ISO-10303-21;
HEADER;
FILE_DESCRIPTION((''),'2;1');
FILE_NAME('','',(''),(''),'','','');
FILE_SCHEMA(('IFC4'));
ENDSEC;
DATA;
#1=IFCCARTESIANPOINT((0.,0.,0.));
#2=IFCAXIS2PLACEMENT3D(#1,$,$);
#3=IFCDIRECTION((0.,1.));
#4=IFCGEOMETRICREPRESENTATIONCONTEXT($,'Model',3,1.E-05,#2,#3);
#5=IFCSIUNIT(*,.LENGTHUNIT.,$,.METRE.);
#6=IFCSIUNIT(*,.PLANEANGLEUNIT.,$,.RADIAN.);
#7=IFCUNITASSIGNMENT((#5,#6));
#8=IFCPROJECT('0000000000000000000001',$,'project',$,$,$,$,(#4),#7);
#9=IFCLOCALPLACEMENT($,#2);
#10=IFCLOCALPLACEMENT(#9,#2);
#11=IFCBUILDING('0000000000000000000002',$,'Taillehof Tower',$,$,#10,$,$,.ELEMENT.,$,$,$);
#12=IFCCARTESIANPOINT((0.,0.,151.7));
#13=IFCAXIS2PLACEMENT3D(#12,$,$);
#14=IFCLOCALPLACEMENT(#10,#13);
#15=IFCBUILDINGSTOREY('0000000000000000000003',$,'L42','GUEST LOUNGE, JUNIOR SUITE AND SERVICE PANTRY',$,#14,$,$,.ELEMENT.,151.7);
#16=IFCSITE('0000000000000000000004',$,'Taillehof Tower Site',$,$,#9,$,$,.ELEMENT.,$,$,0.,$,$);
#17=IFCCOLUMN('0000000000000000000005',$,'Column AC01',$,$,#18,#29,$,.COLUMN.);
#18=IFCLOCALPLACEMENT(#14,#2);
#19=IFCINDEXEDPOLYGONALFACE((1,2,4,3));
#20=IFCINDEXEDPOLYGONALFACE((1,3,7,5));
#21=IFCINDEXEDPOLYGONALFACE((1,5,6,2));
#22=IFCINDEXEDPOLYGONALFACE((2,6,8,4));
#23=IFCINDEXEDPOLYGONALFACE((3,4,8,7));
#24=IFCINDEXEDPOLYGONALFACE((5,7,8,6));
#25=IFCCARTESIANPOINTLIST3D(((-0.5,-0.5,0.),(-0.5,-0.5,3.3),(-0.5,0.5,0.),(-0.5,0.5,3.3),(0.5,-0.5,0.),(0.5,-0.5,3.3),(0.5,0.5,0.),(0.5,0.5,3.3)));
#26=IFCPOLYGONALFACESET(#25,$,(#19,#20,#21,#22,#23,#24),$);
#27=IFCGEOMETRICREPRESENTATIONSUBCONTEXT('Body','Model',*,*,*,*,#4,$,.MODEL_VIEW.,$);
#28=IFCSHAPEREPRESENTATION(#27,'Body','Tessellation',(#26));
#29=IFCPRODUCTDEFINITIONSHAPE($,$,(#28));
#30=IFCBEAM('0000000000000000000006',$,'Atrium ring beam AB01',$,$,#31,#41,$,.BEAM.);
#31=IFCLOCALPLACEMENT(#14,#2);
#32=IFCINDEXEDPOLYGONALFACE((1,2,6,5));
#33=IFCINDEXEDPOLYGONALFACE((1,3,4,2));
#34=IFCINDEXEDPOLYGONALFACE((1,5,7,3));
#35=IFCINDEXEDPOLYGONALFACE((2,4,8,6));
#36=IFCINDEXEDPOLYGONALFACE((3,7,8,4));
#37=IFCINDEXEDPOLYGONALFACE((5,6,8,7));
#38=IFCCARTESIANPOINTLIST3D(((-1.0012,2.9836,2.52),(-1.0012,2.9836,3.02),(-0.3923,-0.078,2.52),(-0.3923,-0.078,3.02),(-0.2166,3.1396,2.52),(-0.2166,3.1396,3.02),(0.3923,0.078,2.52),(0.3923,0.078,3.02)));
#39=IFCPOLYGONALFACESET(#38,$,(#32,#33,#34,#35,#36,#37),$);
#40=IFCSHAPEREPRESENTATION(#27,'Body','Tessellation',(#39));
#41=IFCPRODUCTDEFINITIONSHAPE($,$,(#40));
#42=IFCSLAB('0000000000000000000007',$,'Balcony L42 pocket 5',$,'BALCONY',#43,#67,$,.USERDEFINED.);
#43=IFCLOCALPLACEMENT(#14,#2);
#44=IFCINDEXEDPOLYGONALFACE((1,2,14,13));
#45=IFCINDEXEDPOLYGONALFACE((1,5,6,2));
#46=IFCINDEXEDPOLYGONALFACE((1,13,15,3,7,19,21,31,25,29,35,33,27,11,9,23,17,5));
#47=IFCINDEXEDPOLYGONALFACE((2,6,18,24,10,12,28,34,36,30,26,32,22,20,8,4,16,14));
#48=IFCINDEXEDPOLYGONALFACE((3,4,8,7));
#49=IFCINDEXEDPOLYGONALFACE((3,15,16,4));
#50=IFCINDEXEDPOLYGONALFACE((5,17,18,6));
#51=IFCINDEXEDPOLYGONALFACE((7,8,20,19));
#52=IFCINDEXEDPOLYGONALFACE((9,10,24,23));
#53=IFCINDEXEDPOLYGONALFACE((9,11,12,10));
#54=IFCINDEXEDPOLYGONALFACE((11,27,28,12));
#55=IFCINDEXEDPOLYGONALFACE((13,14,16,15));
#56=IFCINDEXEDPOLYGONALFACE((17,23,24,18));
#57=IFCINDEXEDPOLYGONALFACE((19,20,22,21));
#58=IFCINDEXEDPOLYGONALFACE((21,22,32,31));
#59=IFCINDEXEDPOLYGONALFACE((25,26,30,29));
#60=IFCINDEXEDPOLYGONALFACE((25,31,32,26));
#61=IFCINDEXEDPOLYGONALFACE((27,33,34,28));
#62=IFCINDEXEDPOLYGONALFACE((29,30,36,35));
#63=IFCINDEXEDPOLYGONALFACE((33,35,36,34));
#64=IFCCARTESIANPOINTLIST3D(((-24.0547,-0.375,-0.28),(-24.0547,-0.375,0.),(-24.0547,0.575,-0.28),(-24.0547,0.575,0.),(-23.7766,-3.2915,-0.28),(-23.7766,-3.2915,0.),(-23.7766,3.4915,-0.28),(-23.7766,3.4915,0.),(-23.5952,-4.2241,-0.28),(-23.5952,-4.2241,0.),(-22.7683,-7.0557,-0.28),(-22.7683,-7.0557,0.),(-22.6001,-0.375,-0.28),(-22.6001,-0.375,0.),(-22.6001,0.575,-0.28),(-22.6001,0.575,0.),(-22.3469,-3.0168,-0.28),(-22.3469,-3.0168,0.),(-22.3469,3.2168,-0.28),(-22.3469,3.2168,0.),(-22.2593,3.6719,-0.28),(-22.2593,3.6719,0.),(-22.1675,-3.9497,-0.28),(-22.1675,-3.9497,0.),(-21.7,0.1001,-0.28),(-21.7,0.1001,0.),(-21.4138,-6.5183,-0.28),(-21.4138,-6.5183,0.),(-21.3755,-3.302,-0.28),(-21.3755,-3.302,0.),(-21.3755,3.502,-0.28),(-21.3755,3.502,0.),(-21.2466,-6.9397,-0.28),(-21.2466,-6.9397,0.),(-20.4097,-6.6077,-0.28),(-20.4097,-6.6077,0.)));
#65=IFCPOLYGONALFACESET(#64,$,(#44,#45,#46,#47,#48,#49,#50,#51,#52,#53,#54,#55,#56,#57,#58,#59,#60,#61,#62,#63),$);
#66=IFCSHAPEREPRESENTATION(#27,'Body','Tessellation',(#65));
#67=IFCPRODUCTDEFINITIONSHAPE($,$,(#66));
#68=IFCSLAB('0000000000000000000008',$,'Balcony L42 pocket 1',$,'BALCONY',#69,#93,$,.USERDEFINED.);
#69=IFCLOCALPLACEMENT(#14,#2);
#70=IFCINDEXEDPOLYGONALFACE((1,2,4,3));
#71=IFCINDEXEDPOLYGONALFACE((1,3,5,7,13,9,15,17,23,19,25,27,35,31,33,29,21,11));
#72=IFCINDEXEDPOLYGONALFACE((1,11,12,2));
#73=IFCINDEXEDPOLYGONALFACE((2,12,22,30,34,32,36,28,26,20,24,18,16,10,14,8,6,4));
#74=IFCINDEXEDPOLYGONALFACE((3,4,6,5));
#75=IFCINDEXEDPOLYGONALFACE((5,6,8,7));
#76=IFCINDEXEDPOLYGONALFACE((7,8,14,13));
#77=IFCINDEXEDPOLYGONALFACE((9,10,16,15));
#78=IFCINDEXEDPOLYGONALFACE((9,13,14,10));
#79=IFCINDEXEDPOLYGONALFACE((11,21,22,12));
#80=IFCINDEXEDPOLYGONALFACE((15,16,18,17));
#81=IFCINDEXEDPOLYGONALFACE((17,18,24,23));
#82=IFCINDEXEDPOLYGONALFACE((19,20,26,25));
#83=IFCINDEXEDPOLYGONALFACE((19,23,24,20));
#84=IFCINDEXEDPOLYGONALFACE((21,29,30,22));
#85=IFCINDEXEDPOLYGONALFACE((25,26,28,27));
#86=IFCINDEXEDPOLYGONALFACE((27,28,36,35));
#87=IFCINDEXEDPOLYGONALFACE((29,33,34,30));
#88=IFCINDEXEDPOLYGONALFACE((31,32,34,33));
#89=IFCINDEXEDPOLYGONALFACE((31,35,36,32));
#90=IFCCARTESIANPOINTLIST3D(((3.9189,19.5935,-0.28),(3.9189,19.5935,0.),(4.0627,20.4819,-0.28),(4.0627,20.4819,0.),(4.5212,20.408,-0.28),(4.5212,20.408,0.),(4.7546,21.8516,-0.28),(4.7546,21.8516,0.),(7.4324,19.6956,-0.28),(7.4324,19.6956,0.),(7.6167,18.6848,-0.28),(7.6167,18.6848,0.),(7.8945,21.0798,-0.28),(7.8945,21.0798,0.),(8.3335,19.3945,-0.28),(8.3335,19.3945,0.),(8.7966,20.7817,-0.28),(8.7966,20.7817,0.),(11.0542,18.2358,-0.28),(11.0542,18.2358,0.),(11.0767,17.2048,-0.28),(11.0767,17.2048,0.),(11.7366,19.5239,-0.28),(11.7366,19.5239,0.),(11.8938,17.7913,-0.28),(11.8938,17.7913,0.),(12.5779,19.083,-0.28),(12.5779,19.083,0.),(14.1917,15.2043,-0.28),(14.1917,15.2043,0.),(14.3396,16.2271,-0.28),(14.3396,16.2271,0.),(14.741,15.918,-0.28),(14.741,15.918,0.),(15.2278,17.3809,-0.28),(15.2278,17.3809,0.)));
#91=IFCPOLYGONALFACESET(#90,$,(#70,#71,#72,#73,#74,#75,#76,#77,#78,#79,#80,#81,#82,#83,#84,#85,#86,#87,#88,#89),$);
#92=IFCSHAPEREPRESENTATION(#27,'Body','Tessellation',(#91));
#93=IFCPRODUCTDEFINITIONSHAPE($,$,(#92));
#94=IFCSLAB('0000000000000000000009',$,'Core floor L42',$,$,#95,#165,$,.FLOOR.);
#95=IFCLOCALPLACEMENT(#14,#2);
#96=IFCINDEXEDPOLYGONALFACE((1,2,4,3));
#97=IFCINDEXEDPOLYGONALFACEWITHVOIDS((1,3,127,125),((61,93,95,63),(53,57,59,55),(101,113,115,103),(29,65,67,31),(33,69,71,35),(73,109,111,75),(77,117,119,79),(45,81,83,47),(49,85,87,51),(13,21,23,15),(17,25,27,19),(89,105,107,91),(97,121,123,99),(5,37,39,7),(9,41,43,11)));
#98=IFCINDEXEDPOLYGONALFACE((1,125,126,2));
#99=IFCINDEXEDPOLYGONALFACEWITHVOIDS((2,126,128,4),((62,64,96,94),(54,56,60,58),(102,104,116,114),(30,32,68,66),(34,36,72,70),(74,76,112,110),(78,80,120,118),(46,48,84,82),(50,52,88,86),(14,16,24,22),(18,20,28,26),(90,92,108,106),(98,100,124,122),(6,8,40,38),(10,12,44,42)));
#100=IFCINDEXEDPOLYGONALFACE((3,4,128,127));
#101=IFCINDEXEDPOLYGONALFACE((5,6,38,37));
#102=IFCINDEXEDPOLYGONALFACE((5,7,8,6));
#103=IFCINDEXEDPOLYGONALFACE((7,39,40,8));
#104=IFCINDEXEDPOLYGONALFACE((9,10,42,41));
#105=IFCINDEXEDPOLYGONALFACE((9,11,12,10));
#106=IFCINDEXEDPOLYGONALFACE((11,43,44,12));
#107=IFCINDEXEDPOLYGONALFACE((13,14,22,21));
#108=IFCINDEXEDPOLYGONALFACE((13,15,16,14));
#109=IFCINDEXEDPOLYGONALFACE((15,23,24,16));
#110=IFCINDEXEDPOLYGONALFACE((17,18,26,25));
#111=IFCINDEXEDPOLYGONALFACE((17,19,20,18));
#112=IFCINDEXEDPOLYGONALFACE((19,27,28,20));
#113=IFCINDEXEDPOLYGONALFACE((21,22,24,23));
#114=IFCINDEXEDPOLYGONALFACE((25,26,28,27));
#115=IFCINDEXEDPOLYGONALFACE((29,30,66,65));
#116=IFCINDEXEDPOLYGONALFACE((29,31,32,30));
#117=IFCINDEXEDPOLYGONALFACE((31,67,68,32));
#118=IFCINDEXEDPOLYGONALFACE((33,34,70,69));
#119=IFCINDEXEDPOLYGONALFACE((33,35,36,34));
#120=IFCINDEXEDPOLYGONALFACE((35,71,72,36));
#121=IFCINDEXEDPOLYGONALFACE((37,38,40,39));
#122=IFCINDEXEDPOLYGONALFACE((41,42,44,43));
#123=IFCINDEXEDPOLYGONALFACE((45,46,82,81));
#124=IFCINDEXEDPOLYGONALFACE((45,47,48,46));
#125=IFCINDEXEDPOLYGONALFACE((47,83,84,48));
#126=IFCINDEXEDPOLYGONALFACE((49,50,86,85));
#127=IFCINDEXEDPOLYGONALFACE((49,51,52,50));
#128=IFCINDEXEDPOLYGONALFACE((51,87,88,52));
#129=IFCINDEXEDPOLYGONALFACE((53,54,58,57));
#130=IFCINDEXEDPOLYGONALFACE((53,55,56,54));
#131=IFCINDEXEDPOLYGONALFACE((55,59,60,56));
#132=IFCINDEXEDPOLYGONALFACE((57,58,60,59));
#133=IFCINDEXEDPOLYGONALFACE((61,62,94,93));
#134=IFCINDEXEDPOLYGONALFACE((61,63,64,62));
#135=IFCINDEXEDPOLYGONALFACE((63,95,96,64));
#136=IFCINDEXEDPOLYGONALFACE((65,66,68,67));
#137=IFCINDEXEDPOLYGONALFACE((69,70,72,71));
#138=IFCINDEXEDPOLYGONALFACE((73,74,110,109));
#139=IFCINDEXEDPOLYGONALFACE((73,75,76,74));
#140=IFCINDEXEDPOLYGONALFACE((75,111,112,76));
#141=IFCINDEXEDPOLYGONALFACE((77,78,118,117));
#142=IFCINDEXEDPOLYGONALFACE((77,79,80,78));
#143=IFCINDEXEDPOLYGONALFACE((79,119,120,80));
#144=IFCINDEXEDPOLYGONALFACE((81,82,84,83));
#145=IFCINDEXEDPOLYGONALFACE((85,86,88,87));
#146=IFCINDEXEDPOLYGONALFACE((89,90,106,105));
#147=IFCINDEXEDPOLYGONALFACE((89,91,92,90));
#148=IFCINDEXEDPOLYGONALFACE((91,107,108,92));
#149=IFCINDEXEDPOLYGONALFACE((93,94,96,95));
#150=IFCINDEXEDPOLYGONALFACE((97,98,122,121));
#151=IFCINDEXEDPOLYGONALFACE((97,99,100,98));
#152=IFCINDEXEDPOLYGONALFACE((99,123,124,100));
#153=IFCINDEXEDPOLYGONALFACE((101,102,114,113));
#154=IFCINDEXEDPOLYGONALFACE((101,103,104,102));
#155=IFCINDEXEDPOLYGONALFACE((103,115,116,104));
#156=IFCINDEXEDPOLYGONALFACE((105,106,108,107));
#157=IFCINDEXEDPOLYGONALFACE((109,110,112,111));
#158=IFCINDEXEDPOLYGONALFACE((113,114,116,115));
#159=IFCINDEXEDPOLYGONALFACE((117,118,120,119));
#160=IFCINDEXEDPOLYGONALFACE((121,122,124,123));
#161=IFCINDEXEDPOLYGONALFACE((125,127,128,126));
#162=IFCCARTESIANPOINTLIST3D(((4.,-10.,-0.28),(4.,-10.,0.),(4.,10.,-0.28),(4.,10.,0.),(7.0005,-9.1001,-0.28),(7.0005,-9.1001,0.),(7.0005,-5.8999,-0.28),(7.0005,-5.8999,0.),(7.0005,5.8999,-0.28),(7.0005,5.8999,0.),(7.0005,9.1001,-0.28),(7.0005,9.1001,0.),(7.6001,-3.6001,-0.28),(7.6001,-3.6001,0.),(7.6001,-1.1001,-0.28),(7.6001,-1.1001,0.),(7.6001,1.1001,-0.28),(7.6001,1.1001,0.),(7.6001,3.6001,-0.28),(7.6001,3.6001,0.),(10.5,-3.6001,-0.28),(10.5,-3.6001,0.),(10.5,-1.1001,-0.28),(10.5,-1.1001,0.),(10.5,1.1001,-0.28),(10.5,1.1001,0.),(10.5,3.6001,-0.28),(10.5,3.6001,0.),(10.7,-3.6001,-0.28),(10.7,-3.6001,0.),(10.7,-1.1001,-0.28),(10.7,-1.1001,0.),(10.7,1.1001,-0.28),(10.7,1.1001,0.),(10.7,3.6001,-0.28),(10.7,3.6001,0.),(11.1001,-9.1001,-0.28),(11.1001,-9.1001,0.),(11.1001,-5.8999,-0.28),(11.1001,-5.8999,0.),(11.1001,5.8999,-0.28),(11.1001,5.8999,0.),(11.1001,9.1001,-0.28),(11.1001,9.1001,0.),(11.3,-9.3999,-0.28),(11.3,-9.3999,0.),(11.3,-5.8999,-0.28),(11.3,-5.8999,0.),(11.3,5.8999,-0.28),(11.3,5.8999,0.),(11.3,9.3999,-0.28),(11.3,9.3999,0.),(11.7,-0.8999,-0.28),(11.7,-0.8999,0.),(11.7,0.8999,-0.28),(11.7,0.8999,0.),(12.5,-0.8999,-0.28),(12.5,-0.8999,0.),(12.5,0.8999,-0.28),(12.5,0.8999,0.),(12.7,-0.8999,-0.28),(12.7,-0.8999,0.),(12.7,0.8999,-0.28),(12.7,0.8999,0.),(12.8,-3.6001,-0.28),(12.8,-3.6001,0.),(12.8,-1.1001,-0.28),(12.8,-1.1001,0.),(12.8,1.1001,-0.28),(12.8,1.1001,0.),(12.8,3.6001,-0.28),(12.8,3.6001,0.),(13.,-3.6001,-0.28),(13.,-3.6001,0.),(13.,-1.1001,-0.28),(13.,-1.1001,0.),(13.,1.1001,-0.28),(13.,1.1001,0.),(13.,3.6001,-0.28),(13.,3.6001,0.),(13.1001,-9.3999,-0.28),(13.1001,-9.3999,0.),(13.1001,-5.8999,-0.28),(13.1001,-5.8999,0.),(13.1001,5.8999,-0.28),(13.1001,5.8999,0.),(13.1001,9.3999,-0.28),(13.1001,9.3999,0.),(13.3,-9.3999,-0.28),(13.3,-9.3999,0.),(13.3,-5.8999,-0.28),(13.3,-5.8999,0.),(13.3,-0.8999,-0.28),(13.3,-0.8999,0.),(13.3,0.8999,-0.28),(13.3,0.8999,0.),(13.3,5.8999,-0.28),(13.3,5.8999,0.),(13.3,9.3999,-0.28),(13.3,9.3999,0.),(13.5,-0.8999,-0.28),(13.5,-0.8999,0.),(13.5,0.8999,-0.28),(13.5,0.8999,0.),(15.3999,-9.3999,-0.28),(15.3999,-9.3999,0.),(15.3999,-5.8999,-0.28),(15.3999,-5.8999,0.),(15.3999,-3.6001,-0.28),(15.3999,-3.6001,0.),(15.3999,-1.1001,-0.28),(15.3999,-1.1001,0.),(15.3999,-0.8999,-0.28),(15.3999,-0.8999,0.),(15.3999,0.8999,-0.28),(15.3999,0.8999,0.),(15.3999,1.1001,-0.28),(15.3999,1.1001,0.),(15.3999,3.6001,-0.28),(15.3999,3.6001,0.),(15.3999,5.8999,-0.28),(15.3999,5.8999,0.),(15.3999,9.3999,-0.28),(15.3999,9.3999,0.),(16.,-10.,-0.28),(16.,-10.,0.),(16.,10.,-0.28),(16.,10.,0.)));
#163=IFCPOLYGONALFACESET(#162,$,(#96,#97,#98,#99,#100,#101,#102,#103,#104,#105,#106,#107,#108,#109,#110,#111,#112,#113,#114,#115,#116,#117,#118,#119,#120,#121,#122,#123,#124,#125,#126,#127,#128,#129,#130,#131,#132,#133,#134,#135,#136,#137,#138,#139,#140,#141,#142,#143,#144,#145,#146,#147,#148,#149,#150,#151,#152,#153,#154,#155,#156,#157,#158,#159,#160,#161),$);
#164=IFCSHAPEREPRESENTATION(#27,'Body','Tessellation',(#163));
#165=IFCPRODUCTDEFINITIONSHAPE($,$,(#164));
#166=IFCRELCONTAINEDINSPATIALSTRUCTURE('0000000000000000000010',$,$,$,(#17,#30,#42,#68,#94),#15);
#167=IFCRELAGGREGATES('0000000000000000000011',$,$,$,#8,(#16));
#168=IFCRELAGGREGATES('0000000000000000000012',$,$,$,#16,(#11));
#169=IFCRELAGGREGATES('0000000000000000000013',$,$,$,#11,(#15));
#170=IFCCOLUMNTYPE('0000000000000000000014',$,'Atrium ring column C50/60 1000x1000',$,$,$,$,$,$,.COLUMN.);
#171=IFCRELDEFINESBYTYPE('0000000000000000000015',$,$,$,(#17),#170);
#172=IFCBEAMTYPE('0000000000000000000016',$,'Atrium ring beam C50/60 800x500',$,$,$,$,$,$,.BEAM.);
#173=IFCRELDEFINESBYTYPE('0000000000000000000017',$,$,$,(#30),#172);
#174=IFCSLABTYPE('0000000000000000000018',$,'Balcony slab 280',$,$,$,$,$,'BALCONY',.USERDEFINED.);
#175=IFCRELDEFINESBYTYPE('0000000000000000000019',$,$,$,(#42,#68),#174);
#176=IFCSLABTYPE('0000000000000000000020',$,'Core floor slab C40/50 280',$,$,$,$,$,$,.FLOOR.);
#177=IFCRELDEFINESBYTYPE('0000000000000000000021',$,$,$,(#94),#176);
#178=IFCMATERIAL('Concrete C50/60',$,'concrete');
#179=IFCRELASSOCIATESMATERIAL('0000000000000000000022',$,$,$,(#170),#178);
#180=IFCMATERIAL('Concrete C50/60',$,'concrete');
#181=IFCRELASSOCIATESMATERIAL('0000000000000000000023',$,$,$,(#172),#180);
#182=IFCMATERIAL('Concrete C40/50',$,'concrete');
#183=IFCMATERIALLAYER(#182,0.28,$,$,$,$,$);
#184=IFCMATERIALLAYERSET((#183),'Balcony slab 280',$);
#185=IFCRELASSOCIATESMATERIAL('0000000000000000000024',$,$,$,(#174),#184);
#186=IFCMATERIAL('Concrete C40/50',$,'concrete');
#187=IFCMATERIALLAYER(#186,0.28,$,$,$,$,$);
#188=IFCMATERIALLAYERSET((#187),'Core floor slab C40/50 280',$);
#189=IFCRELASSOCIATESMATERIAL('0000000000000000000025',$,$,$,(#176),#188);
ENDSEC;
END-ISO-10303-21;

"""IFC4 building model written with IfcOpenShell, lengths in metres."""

from ifc_helpers import new_model, si_unit, direction, frame, origin, origin_with_axes, origin_2d, place, context, subcontext, project, spatial, polyline, rectangle, outline, extrude, material, layer, layer_set, material_profile, profile_set, type_object, element, save


model = new_model("IFC4")

# Units and contexts
model_context = context("Model", 3, precision=1e-05, world=origin(), true_north=direction((0.0, 1.0)))
body_context = subcontext(model_context, "Body", "Model", "MODEL_VIEW")
ifc_project = project(units=[si_unit("LENGTHUNIT", "METRE"), si_unit("PLANEANGLEUNIT", "RADIAN")], contexts=[model_context])

# Site, building, storey
site_placement = place(None, origin())
site = spatial("IfcSite", under=ifc_project, at=site_placement, Name="Taillehof Tower Site", CompositionType="ELEMENT", RefElevation=0.0)
building_placement = place(site_placement, origin())
building = spatial("IfcBuilding", under=site, at=building_placement, Name="Taillehof Tower", CompositionType="ELEMENT")
storey_placement = place(building_placement, frame((0.0, 0.0, 151.7)))
storey = spatial("IfcBuildingStorey", under=building, at=storey_placement, Name="L42", Description="GUEST LOUNGE, JUNIOR SUITE AND SERVICE PANTRY", CompositionType="ELEMENT", Elevation=151.7)

# Column
ifc_material_1 = material(Name="Concrete C50/60", Category="concrete")
ifc_material_profile_1 = material_profile(ifc_material_1, rectangle(XDim=1.0, YDim=1.0, at=origin_2d()), Name="RC 1000x1000")
ifc_profile_set_1 = profile_set([ifc_material_profile_1], Name="Concrete C50/60")
column_type = type_object("IfcColumnType", Name="Atrium ring column C50/60 1000x1000", PredefinedType="COLUMN", material=ifc_profile_set_1)
column_placement = place(storey_placement, origin_with_axes())
element("IfcColumn", 1, at=column_placement, inside=storey, type_object=column_type, Name="Column AC01", PredefinedType="COLUMN", context=body_context, shape_type="SweptSolid", body=[
    extrude(rectangle(XDim=1.0, YDim=1.0, at=origin_2d()), origin(), (0.0, 0.0, 1.0), 3.3),
])

# Beam
ifc_material_2 = material(Name="Concrete C50/60", Category="concrete")
ifc_material_profile_2 = material_profile(ifc_material_2, rectangle(XDim=0.8, YDim=0.5, at=origin_2d()), Name="RC 800x500")
ifc_profile_set_2 = profile_set([ifc_material_profile_2], Name="Concrete C50/60")
beam_type = type_object("IfcBeamType", Name="Atrium ring beam C50/60 800x500", PredefinedType="BEAM", material=ifc_profile_set_2)
beam_placement = place(storey_placement, frame((0.0, 0.0, 2.77), z_axis=(-0.195063, 0.980791, 0.0), x_axis=(-0.980791, -0.195063, 0.0)))
element("IfcBeam", 2, at=beam_placement, inside=storey, type_object=beam_type, Name="Atrium ring beam AB01", PredefinedType="BEAM", context=body_context, shape_type="SweptSolid", body=[
    extrude(rectangle(XDim=0.8, YDim=0.5, at=origin_2d()), origin(), (0.0, 0.0, 1.0), 3.1216),
])

# Slabs
ifc_material_3 = material(Name="Concrete C40/50", Category="concrete")
ifc_layer_1 = layer(ifc_material_3, 0.28)
ifc_layer_set_1 = layer_set([ifc_layer_1], Name="Balcony slab 280")
slab_type_1 = type_object("IfcSlabType", Name="Balcony slab 280", ElementType="BALCONY", PredefinedType="USERDEFINED", material=ifc_layer_set_1)
slab_1_placement = place(storey_placement, frame((0.0, 0.0, -0.28)))
element("IfcSlab", 3, at=slab_1_placement, inside=storey, type_object=slab_type_1, Name="Balcony L42 pocket 5", ObjectType="BALCONY", PredefinedType="USERDEFINED", context=body_context, shape_type="SweptSolid", body=[
    extrude(outline(polyline([(-20.4097, -6.6077), (-21.2466, -6.9397), (-21.4138, -6.5183), (-22.7683, -7.0557), (-23.5952, -4.2241), (-22.1675, -3.9497), (-22.3469, -3.0168), (-23.7766, -3.2915), (-24.0547, -0.375), (-22.6001, -0.375), (-22.6001, 0.575), (-24.0547, 0.575), (-23.7766, 3.4915), (-22.3469, 3.2168), (-22.2593, 3.6719), (-21.3755, 3.502), (-21.7, 0.1001), (-21.3755, -3.302), (-20.4097, -6.6077)])), origin(), (0.0, 0.0, 1.0), 0.28),
])
slab_2_placement = place(storey_placement, frame((0.0, 0.0, -0.28)))
element("IfcSlab", 4, at=slab_2_placement, inside=storey, type_object=slab_type_1, Name="Balcony L42 pocket 1", ObjectType="BALCONY", PredefinedType="USERDEFINED", context=body_context, shape_type="SweptSolid", body=[
    extrude(outline(polyline([(3.9189, 19.5935), (4.0627, 20.4819), (4.5212, 20.408), (4.7546, 21.8516), (7.8945, 21.0798), (7.4324, 19.6956), (8.3335, 19.3945), (8.7966, 20.7817), (11.7366, 19.5239), (11.0542, 18.2358), (11.8938, 17.7913), (12.5779, 19.083), (15.2278, 17.3809), (14.3396, 16.2271), (14.741, 15.918), (14.1917, 15.2043), (11.0767, 17.2048), (7.6167, 18.6848), (3.9189, 19.5935)])), origin(), (0.0, 0.0, 1.0), 0.28),
])
ifc_material_4 = material(Name="Concrete C40/50", Category="concrete")
ifc_layer_2 = layer(ifc_material_4, 0.28)
ifc_layer_set_2 = layer_set([ifc_layer_2], Name="Core floor slab C40/50 280")
slab_type_2 = type_object("IfcSlabType", Name="Core floor slab C40/50 280", PredefinedType="FLOOR", material=ifc_layer_set_2)
slab_3_placement = place(storey_placement, frame((0.0, 0.0, -0.28)))
element("IfcSlab", 5, at=slab_3_placement, inside=storey, type_object=slab_type_2, Name="Core floor L42", PredefinedType="FLOOR", context=body_context, shape_type="SweptSolid", body=[
    extrude(outline(polyline([(4.0, -10.0), (4.0, 10.0), (16.0, 10.0), (16.0, -10.0), (4.0, -10.0)]), holes=[polyline([(11.1001, -9.1001), (11.1001, -5.8999), (7.0005, -5.8999), (7.0005, -9.1001), (11.1001, -9.1001)]), polyline([(10.5, -3.6001), (10.5, -1.1001), (7.6001, -1.1001), (7.6001, -3.6001), (10.5, -3.6001)]), polyline([(12.8, -3.6001), (12.8, -1.1001), (10.7, -1.1001), (10.7, -3.6001), (12.8, -3.6001)]), polyline([(12.5, -0.8999), (12.5, 0.8999), (11.7, 0.8999), (11.7, -0.8999), (12.5, -0.8999)]), polyline([(10.5, 1.1001), (10.5, 3.6001), (7.6001, 3.6001), (7.6001, 1.1001), (10.5, 1.1001)]), polyline([(12.8, 1.1001), (12.8, 3.6001), (10.7, 3.6001), (10.7, 1.1001), (12.8, 1.1001)]), polyline([(11.1001, 5.8999), (11.1001, 9.1001), (7.0005, 9.1001), (7.0005, 5.8999), (11.1001, 5.8999)]), polyline([(13.1001, 5.8999), (13.1001, 9.3999), (11.3, 9.3999), (11.3, 5.8999), (13.1001, 5.8999)]), polyline([(13.1001, -9.3999), (13.1001, -5.8999), (11.3, -5.8999), (11.3, -9.3999), (13.1001, -9.3999)]), polyline([(15.3999, -9.3999), (15.3999, -5.8999), (13.3, -5.8999), (13.3, -9.3999), (15.3999, -9.3999)]), polyline([(15.3999, -3.6001), (15.3999, -1.1001), (13.0, -1.1001), (13.0, -3.6001), (15.3999, -3.6001)]), polyline([(13.3, -0.8999), (13.3, 0.8999), (12.7, 0.8999), (12.7, -0.8999), (13.3, -0.8999)]), polyline([(15.3999, -0.8999), (15.3999, 0.8999), (13.5, 0.8999), (13.5, -0.8999), (15.3999, -0.8999)]), polyline([(15.3999, 1.1001), (15.3999, 3.6001), (13.0, 3.6001), (13.0, 1.1001), (15.3999, 1.1001)]), polyline([(15.3999, 5.8999), (15.3999, 9.3999), (13.3, 9.3999), (13.3, 5.8999), (15.3999, 5.8999)])]), origin(), (0.0, 0.0, 1.0), 0.28),
])

save(model, "model.ifc")
